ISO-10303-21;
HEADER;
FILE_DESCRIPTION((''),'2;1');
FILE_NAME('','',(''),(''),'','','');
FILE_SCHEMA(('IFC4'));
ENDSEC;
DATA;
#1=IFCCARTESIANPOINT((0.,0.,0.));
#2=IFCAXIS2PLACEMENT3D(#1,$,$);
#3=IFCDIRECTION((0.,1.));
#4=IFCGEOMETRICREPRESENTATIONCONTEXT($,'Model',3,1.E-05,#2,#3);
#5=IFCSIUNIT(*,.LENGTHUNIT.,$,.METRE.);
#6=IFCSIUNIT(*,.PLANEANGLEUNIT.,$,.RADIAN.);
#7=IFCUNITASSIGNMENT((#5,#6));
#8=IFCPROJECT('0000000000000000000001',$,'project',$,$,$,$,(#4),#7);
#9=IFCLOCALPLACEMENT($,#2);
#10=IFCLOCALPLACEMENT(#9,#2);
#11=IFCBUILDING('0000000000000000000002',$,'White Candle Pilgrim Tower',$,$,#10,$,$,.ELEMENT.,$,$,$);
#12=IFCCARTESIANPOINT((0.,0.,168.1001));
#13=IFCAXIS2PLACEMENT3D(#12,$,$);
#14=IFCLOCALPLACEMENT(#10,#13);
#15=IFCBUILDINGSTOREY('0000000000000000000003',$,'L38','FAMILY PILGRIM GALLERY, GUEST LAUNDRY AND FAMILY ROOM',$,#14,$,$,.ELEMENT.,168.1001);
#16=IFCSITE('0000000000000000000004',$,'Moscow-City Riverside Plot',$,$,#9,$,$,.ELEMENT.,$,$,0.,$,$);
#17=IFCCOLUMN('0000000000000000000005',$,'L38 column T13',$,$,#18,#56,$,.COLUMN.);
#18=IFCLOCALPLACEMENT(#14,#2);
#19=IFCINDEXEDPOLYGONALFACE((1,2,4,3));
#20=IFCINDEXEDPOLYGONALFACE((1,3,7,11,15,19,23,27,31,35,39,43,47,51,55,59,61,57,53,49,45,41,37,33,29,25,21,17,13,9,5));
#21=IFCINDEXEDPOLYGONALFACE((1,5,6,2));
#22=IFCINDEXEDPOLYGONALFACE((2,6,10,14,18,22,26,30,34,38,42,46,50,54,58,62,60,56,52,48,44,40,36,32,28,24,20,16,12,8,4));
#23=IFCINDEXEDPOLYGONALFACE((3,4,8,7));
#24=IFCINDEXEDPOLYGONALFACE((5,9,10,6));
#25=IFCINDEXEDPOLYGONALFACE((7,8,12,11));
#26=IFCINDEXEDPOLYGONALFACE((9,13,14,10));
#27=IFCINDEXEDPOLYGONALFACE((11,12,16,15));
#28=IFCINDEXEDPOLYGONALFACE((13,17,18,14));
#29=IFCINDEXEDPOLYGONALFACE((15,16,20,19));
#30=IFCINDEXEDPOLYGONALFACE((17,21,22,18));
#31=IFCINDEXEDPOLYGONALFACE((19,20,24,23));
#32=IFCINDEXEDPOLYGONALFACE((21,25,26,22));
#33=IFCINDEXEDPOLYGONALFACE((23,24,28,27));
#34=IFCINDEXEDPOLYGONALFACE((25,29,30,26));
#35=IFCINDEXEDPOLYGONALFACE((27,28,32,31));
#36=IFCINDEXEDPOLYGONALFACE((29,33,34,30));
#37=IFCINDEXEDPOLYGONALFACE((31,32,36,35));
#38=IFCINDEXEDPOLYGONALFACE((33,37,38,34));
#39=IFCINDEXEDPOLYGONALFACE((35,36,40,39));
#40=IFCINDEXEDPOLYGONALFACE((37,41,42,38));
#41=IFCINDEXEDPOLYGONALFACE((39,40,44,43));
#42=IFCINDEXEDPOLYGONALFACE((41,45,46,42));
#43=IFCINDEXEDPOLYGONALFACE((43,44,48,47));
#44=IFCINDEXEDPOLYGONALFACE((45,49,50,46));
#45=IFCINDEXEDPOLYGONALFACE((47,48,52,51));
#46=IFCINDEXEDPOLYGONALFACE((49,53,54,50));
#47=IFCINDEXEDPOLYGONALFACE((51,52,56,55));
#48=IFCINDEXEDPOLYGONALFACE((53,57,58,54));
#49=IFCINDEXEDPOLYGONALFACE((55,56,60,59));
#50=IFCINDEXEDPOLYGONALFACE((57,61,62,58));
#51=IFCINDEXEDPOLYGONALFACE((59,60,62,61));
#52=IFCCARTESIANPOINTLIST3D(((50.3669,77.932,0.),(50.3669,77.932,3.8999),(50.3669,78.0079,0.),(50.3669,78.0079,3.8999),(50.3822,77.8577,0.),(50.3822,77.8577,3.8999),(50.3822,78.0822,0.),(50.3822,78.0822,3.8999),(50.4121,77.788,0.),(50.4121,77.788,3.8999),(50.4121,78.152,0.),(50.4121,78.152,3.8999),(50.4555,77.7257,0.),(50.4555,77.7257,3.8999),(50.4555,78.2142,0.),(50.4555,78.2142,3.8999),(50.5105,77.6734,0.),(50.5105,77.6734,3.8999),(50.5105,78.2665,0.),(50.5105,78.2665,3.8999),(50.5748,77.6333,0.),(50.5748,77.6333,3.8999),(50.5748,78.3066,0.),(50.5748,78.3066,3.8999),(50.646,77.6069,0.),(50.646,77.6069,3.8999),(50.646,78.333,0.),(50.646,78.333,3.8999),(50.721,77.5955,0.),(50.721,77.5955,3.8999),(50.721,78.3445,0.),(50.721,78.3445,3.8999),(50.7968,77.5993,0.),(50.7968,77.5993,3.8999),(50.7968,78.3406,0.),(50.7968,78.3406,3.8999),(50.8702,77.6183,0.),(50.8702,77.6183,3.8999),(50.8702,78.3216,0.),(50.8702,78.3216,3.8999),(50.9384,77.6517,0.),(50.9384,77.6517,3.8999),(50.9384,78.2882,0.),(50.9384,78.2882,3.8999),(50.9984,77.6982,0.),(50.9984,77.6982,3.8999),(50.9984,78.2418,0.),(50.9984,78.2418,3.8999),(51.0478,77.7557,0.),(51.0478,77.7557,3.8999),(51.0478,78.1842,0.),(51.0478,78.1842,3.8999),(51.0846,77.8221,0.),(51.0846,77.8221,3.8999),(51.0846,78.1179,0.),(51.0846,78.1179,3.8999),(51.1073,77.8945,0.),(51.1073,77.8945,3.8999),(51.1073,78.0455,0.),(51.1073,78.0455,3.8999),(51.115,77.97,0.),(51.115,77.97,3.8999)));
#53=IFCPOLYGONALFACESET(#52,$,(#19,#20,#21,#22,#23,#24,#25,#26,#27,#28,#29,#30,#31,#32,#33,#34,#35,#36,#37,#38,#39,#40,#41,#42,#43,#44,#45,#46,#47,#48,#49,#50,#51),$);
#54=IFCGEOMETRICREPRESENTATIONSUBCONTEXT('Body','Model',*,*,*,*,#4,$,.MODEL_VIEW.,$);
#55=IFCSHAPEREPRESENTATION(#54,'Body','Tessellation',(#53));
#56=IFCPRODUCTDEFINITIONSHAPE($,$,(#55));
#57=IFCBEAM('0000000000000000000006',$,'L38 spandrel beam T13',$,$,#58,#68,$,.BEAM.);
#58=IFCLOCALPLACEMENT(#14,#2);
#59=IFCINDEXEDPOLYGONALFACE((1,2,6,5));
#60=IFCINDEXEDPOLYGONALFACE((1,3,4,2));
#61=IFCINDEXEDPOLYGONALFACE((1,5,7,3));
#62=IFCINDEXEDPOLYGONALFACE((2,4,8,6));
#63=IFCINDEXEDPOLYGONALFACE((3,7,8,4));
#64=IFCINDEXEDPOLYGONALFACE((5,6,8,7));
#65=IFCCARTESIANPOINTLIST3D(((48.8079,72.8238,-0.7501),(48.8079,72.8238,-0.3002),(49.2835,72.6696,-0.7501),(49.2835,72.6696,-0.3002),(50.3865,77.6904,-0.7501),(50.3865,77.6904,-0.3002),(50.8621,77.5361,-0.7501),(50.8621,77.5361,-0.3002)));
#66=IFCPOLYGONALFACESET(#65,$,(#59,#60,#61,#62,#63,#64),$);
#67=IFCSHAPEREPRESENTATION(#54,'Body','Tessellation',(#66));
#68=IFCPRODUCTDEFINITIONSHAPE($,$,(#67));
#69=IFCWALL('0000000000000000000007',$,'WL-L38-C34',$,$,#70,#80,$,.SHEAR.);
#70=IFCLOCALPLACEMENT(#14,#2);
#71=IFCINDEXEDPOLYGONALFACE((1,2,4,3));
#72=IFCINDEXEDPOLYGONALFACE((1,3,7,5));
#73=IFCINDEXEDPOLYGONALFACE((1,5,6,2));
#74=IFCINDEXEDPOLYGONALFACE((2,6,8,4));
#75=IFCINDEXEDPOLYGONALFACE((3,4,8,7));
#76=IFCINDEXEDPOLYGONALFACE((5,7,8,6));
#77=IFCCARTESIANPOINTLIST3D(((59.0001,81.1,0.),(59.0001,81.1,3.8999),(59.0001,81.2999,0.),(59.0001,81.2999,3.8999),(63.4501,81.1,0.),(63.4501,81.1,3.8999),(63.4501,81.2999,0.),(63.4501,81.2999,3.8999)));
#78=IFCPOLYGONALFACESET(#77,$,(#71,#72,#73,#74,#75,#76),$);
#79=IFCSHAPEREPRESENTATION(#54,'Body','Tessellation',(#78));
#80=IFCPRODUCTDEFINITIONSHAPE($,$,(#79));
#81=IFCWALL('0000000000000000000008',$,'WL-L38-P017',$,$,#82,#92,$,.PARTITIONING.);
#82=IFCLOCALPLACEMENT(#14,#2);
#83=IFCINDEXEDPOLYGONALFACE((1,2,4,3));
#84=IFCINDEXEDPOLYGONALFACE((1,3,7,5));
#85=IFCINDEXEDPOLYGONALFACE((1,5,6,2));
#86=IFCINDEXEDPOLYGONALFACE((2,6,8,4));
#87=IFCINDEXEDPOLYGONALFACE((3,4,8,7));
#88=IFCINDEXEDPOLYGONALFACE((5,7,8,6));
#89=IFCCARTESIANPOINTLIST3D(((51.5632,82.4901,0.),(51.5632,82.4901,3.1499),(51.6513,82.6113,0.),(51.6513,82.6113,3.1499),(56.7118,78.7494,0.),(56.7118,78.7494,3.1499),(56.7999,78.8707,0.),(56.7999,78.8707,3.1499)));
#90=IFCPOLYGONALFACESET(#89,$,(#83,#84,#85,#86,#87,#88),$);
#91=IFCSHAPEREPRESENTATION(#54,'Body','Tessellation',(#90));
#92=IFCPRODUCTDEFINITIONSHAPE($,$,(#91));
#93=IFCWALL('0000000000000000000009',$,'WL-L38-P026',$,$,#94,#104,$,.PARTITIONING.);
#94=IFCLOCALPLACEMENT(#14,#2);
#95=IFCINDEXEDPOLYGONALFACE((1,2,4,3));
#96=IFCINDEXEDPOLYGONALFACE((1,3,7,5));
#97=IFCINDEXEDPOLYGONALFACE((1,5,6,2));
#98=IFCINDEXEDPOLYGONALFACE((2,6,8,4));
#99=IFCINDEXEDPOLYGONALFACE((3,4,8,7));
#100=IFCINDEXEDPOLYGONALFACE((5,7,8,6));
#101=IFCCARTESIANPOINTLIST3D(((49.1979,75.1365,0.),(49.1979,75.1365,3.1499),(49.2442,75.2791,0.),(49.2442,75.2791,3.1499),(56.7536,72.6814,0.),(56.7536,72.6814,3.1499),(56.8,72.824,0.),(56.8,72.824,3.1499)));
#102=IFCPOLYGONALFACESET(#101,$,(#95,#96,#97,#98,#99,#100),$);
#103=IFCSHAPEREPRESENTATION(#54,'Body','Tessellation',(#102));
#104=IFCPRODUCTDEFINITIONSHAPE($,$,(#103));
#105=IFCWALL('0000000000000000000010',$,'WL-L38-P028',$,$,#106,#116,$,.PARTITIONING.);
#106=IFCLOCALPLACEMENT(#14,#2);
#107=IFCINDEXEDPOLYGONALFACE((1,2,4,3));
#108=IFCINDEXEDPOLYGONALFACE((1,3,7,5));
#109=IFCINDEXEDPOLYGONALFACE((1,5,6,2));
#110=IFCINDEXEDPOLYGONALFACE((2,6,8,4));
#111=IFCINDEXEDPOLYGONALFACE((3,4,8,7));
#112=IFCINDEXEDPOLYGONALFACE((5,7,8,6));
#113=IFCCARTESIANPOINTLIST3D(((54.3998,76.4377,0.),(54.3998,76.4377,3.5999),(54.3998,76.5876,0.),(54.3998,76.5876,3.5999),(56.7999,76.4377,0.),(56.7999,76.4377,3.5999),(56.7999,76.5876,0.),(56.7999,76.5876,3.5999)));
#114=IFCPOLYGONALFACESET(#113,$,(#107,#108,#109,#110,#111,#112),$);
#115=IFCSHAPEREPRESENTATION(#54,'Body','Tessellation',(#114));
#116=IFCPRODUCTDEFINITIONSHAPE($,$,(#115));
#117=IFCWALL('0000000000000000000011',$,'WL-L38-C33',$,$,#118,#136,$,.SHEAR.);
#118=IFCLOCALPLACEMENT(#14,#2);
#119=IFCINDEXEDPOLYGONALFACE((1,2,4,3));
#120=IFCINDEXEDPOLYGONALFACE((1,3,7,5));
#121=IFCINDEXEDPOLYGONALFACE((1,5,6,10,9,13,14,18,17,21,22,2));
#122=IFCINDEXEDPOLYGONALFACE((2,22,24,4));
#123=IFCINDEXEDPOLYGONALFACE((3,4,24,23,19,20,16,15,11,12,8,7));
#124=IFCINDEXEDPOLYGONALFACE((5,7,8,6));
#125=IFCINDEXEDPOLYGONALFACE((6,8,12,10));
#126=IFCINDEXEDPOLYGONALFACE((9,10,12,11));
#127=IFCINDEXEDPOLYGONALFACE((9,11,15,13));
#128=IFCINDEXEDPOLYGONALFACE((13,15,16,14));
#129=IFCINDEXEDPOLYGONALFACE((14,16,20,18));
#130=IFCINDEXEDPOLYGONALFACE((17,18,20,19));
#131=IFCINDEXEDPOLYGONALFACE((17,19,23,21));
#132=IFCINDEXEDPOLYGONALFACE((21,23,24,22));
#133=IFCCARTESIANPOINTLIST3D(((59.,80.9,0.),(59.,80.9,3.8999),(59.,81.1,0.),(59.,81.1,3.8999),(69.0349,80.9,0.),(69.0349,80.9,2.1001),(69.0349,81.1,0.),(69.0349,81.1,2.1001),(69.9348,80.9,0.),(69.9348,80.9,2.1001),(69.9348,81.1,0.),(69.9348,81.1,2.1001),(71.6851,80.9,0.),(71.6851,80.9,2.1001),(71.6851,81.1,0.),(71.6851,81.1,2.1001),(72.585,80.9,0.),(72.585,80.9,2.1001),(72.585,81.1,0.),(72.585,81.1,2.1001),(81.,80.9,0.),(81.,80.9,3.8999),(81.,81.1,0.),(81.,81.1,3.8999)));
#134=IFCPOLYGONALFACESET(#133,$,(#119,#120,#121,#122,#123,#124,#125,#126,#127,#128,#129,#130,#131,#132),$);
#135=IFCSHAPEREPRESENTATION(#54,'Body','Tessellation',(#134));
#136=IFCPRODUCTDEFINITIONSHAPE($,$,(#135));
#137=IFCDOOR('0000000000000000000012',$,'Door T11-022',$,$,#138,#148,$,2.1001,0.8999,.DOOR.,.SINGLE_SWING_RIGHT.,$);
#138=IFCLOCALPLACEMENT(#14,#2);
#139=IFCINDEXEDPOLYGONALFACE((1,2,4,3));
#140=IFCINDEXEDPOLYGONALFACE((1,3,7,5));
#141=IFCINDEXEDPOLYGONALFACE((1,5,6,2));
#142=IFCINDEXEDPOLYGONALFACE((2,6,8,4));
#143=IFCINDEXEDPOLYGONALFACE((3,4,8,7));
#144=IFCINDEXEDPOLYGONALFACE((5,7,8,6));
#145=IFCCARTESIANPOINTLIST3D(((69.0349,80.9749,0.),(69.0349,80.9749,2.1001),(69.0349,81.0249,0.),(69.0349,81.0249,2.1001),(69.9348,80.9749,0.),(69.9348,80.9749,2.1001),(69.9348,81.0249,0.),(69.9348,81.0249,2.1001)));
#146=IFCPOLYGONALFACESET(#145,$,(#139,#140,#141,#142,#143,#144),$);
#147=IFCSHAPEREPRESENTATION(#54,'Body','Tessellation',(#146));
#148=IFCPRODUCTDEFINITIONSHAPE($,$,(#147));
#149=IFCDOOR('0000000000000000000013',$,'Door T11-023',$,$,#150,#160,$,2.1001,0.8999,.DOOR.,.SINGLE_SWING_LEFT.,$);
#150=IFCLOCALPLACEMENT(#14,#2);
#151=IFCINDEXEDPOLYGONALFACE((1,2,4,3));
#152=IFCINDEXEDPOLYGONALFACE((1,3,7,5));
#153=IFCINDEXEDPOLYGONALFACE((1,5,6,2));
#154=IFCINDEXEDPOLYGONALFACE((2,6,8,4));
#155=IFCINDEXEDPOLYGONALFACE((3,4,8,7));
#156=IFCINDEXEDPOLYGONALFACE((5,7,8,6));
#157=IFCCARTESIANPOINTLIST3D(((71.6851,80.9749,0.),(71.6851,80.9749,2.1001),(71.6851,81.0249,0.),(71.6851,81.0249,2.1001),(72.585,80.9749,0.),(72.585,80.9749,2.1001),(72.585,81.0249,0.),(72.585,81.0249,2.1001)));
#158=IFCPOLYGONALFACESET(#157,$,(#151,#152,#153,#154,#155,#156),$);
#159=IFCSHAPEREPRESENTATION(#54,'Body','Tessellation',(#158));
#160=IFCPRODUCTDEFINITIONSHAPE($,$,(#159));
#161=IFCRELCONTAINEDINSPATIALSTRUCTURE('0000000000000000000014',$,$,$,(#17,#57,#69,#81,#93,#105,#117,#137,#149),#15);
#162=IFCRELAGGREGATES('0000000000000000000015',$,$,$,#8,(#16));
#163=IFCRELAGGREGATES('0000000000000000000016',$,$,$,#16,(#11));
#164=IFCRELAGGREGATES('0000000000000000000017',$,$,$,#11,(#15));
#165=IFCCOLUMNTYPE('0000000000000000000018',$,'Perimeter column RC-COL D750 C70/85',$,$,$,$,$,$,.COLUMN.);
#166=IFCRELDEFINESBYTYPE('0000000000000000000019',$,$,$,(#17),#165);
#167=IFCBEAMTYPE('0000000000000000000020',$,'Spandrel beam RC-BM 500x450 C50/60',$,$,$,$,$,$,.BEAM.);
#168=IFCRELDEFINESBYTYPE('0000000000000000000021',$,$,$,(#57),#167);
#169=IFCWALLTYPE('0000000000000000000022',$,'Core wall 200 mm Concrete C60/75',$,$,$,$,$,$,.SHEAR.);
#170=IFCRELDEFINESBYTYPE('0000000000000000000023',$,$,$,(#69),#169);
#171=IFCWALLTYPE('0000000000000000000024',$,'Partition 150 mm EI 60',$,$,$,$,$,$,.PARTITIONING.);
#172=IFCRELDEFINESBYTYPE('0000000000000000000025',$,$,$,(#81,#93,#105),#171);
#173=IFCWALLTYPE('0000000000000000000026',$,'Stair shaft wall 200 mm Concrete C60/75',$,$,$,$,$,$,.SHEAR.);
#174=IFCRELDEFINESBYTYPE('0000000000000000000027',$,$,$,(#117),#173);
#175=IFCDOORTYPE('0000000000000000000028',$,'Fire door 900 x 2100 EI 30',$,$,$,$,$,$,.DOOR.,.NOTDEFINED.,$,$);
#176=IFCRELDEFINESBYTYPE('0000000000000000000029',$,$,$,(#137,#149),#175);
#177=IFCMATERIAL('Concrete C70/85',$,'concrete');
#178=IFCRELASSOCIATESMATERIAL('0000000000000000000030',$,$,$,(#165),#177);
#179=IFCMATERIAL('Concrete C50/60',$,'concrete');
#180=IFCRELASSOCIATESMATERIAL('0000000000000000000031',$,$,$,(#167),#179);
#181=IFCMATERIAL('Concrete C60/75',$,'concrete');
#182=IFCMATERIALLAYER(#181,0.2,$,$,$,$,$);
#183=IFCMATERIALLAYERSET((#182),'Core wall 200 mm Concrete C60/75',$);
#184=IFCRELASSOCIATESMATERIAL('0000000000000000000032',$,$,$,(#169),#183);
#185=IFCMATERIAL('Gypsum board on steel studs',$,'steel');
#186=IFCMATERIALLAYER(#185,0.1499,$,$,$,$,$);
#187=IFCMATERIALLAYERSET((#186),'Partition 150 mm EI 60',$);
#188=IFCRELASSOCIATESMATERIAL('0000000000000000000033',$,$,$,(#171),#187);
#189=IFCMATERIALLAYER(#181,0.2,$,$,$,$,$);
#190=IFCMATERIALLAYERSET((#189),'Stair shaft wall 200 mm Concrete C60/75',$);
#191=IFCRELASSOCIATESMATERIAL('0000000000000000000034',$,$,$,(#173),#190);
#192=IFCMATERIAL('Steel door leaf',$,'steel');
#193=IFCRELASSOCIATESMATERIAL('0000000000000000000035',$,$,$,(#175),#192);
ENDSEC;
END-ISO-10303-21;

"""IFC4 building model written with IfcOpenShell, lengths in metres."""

from ifc_helpers import new_model, si_unit, direction, frame, frame_2d, origin, origin_2d, place, context, subcontext, project, spatial, rectangle, circle, extrude, material, layer, layer_set, material_profile, profile_set, type_object, element, fill, save


model = new_model("IFC4")

# Units and contexts
model_context = context("Model", 3, precision=1e-05, world=origin(), true_north=direction((0.0, 1.0)))
body_context = subcontext(model_context, "Body", "Model", "MODEL_VIEW")
ifc_project = project(units=[si_unit("LENGTHUNIT", "METRE"), si_unit("PLANEANGLEUNIT", "RADIAN")], contexts=[model_context])

# Site, building, storey
site_placement = place(None, origin())
site = spatial("IfcSite", under=ifc_project, at=site_placement, Name="Moscow-City Riverside Plot", CompositionType="ELEMENT", RefElevation=0.0)
building_placement = place(site_placement, origin())
building = spatial("IfcBuilding", under=site, at=building_placement, Name="White Candle Pilgrim Tower", CompositionType="ELEMENT")
storey_placement = place(building_placement, frame((0.0, 0.0, 168.1001)))
storey = spatial("IfcBuildingStorey", under=building, at=storey_placement, Name="L38", Description="FAMILY PILGRIM GALLERY, GUEST LAUNDRY AND FAMILY ROOM", CompositionType="ELEMENT", Elevation=168.1001)

# Column
ifc_material_1 = material(Name="Concrete C70/85", Category="concrete")
ifc_material_profile_1 = material_profile(ifc_material_1, circle(Radius=0.375, at=origin_2d()), Name="RC-COL D750")
ifc_profile_set_1 = profile_set([ifc_material_profile_1], Name="Concrete C70/85")
column_type = type_object("IfcColumnType", Name="Perimeter column RC-COL D750 C70/85", PredefinedType="COLUMN", material=ifc_profile_set_1)
column_placement = place(storey_placement, frame((50.74, 77.97, 0.0), z_axis=(0.0, 0.0, 1.0), x_axis=(1.0, 0.0, 0.0)))
element("IfcColumn", 1, at=column_placement, inside=storey, type_object=column_type, Name="L38 column T13", PredefinedType="COLUMN", context=body_context, shape_type="SweptSolid", body=[
    extrude(circle(Radius=0.375, at=origin_2d()), origin(), (0.0, 0.0, 1.0), 3.8999),
])

# Beam
ifc_material_2 = material(Name="Concrete C50/60", Category="concrete")
ifc_material_profile_2 = material_profile(ifc_material_2, rectangle(XDim=0.5, YDim=0.45, at=origin_2d()), Name="RC-BM 500x450")
ifc_profile_set_2 = profile_set([ifc_material_profile_2], Name="Concrete C50/60")
beam_type = type_object("IfcBeamType", Name="Spandrel beam RC-BM 500x450 C50/60", PredefinedType="BEAM", material=ifc_profile_set_2)
beam_placement = place(storey_placement, frame((50.6243, 77.6133, -0.5251), z_axis=(-0.308544, -0.95121, 0.0), x_axis=(0.95121, -0.308544, 0.0)))
element("IfcBeam", 2, at=beam_placement, inside=storey, type_object=beam_type, Name="L38 spandrel beam T13", PredefinedType="BEAM", context=body_context, shape_type="SweptSolid", body=[
    extrude(rectangle(XDim=0.5, YDim=0.45, at=origin_2d()), origin(), (0.0, 0.0, 1.0), 5.1162),
])

# Walls
ifc_material_3 = material(Name="Concrete C60/75", Category="concrete")
ifc_layer_1 = layer(ifc_material_3, 0.2)
ifc_layer_set_1 = layer_set([ifc_layer_1], Name="Core wall 200 mm Concrete C60/75")
wall_type_1 = type_object("IfcWallType", Name="Core wall 200 mm Concrete C60/75", PredefinedType="SHEAR", material=ifc_layer_set_1)
wall_1_placement = place(storey_placement, frame((59.0, 81.2, 0.0), z_axis=(0.0, 0.0, 1.0), x_axis=(1.0, 0.0, 0.0)))
element("IfcWall", 3, at=wall_1_placement, inside=storey, type_object=wall_type_1, Name="WL-L38-C34", PredefinedType="SHEAR", context=body_context, shape_type="SweptSolid", body=[
    extrude(rectangle(XDim=4.45, YDim=0.2, at=frame_2d((2.2251, 0.0))), origin(), (0.0, 0.0, 1.0), 3.8999),
])
ifc_material_4 = material(Name="Gypsum board on steel studs", Category="steel")
ifc_layer_2 = layer(ifc_material_4, 0.1499)
ifc_layer_set_2 = layer_set([ifc_layer_2], Name="Partition 150 mm EI 60")
wall_type_2 = type_object("IfcWallType", Name="Partition 150 mm EI 60", PredefinedType="PARTITIONING", material=ifc_layer_set_2)
wall_2_placement = place(storey_placement, frame((51.6072, 82.5508, 0.0), z_axis=(0.0, 0.0, 1.0), x_axis=(0.809018, -0.587784, 0.0)))
element("IfcWall", 4, at=wall_2_placement, inside=storey, type_object=wall_type_2, Name="WL-L38-P017", PredefinedType="PARTITIONING", context=body_context, shape_type="SweptSolid", body=[
    extrude(rectangle(XDim=6.364, YDim=0.1499, at=frame_2d((3.1821, 0.0))), origin(), (0.0, 0.0, 1.0), 3.1499),
])
wall_3_placement = place(storey_placement, frame((49.2212, 75.2078, 0.0), z_axis=(0.0, 0.0, 1.0), x_axis=(0.951053, -0.309028, 0.0)))
element("IfcWall", 5, at=wall_3_placement, inside=storey, type_object=wall_type_2, Name="WL-L38-P026", PredefinedType="PARTITIONING", context=body_context, shape_type="SweptSolid", body=[
    extrude(rectangle(XDim=7.9446, YDim=0.1499, at=frame_2d((3.9722, 0.0))), origin(), (0.0, 0.0, 1.0), 3.1499),
])
wall_4_placement = place(storey_placement, frame((56.8, 76.5127, 0.0), z_axis=(0.0, 0.0, 1.0), x_axis=(-1.0, 0.0, 0.0)))
element("IfcWall", 6, at=wall_4_placement, inside=storey, type_object=wall_type_2, Name="WL-L38-P028", PredefinedType="PARTITIONING", context=body_context, shape_type="SweptSolid", body=[
    extrude(rectangle(XDim=2.4001, YDim=0.1499, at=frame_2d((1.2002, 0.0))), origin(), (0.0, 0.0, 1.0), 3.5999),
])

# Wall, openings, doors
ifc_layer_3 = layer(ifc_material_3, 0.2)
ifc_layer_set_3 = layer_set([ifc_layer_3], Name="Stair shaft wall 200 mm Concrete C60/75")
wall_type_3 = type_object("IfcWallType", Name="Stair shaft wall 200 mm Concrete C60/75", PredefinedType="SHEAR", material=ifc_layer_set_3)
wall_5_placement = place(storey_placement, frame((59.0, 81.0, 0.0), z_axis=(0.0, 0.0, 1.0), x_axis=(1.0, 0.0, 0.0)))
wall_5 = element("IfcWall", 7, at=wall_5_placement, inside=storey, type_object=wall_type_3, Name="WL-L38-C33", PredefinedType="SHEAR", context=body_context, shape_type="SweptSolid", body=[
    extrude(rectangle(XDim=22.0, YDim=0.2, at=frame_2d((11.0, 0.0))), origin(), (0.0, 0.0, 1.0), 3.8999),
])
opening_1_placement = place(wall_5_placement, frame((10.0349, 0.0, 0.0)))
opening_1 = element("IfcOpeningElement", 8, at=opening_1_placement, cuts=wall_5, PredefinedType="OPENING", context=body_context, shape_type="SweptSolid", body=[
    extrude(rectangle(XDim=0.8999, YDim=2.1001, at=frame_2d((0.45, 1.05))), frame((0.0, 0.1099, 0.0), z_axis=(0.0, -1.0, 0.0), x_axis=(1.0, 0.0, 0.0)), (0.0, 0.0, 1.0), 0.22),
])
opening_2_placement = place(wall_5_placement, frame((12.6851, 0.0, 0.0)))
opening_2 = element("IfcOpeningElement", 9, at=opening_2_placement, cuts=wall_5, PredefinedType="OPENING", context=body_context, shape_type="SweptSolid", body=[
    extrude(rectangle(XDim=0.8999, YDim=2.1001, at=frame_2d((0.45, 1.05))), frame((0.0, 0.1099, 0.0), z_axis=(0.0, -1.0, 0.0), x_axis=(1.0, 0.0, 0.0)), (0.0, 0.0, 1.0), 0.22),
])
ifc_material_5 = material(Name="Steel door leaf", Category="steel")
door_type = type_object("IfcDoorType", Name="Fire door 900 x 2100 EI 30", OperationType="NOTDEFINED", PredefinedType="DOOR", material=ifc_material_5)
door_1_placement = place(opening_1_placement, origin())
door_1 = element("IfcDoor", 10, at=door_1_placement, inside=storey, type_object=door_type, Name="Door T11-022", OperationType="SINGLE_SWING_RIGHT", OverallHeight=2.1001, OverallWidth=0.8999, PredefinedType="DOOR", context=body_context, shape_type="SweptSolid", body=[
    extrude(rectangle(XDim=0.8999, YDim=2.1001, at=frame_2d((0.45, 1.05))), frame((0.0, 0.0249, 0.0), z_axis=(0.0, -1.0, 0.0), x_axis=(1.0, 0.0, 0.0)), (0.0, 0.0, 1.0), 0.05),
])
fill(opening_1, door_1)
door_2_placement = place(opening_2_placement, origin())
door_2 = element("IfcDoor", 11, at=door_2_placement, inside=storey, type_object=door_type, Name="Door T11-023", OperationType="SINGLE_SWING_LEFT", OverallHeight=2.1001, OverallWidth=0.8999, PredefinedType="DOOR", context=body_context, shape_type="SweptSolid", body=[
    extrude(rectangle(XDim=0.8999, YDim=2.1001, at=frame_2d((0.45, 1.05))), frame((0.0, 0.0249, 0.0), z_axis=(0.0, -1.0, 0.0), x_axis=(1.0, 0.0, 0.0)), (0.0, 0.0, 1.0), 0.05),
])
fill(opening_2, door_2)

save(model, "model.ifc")
